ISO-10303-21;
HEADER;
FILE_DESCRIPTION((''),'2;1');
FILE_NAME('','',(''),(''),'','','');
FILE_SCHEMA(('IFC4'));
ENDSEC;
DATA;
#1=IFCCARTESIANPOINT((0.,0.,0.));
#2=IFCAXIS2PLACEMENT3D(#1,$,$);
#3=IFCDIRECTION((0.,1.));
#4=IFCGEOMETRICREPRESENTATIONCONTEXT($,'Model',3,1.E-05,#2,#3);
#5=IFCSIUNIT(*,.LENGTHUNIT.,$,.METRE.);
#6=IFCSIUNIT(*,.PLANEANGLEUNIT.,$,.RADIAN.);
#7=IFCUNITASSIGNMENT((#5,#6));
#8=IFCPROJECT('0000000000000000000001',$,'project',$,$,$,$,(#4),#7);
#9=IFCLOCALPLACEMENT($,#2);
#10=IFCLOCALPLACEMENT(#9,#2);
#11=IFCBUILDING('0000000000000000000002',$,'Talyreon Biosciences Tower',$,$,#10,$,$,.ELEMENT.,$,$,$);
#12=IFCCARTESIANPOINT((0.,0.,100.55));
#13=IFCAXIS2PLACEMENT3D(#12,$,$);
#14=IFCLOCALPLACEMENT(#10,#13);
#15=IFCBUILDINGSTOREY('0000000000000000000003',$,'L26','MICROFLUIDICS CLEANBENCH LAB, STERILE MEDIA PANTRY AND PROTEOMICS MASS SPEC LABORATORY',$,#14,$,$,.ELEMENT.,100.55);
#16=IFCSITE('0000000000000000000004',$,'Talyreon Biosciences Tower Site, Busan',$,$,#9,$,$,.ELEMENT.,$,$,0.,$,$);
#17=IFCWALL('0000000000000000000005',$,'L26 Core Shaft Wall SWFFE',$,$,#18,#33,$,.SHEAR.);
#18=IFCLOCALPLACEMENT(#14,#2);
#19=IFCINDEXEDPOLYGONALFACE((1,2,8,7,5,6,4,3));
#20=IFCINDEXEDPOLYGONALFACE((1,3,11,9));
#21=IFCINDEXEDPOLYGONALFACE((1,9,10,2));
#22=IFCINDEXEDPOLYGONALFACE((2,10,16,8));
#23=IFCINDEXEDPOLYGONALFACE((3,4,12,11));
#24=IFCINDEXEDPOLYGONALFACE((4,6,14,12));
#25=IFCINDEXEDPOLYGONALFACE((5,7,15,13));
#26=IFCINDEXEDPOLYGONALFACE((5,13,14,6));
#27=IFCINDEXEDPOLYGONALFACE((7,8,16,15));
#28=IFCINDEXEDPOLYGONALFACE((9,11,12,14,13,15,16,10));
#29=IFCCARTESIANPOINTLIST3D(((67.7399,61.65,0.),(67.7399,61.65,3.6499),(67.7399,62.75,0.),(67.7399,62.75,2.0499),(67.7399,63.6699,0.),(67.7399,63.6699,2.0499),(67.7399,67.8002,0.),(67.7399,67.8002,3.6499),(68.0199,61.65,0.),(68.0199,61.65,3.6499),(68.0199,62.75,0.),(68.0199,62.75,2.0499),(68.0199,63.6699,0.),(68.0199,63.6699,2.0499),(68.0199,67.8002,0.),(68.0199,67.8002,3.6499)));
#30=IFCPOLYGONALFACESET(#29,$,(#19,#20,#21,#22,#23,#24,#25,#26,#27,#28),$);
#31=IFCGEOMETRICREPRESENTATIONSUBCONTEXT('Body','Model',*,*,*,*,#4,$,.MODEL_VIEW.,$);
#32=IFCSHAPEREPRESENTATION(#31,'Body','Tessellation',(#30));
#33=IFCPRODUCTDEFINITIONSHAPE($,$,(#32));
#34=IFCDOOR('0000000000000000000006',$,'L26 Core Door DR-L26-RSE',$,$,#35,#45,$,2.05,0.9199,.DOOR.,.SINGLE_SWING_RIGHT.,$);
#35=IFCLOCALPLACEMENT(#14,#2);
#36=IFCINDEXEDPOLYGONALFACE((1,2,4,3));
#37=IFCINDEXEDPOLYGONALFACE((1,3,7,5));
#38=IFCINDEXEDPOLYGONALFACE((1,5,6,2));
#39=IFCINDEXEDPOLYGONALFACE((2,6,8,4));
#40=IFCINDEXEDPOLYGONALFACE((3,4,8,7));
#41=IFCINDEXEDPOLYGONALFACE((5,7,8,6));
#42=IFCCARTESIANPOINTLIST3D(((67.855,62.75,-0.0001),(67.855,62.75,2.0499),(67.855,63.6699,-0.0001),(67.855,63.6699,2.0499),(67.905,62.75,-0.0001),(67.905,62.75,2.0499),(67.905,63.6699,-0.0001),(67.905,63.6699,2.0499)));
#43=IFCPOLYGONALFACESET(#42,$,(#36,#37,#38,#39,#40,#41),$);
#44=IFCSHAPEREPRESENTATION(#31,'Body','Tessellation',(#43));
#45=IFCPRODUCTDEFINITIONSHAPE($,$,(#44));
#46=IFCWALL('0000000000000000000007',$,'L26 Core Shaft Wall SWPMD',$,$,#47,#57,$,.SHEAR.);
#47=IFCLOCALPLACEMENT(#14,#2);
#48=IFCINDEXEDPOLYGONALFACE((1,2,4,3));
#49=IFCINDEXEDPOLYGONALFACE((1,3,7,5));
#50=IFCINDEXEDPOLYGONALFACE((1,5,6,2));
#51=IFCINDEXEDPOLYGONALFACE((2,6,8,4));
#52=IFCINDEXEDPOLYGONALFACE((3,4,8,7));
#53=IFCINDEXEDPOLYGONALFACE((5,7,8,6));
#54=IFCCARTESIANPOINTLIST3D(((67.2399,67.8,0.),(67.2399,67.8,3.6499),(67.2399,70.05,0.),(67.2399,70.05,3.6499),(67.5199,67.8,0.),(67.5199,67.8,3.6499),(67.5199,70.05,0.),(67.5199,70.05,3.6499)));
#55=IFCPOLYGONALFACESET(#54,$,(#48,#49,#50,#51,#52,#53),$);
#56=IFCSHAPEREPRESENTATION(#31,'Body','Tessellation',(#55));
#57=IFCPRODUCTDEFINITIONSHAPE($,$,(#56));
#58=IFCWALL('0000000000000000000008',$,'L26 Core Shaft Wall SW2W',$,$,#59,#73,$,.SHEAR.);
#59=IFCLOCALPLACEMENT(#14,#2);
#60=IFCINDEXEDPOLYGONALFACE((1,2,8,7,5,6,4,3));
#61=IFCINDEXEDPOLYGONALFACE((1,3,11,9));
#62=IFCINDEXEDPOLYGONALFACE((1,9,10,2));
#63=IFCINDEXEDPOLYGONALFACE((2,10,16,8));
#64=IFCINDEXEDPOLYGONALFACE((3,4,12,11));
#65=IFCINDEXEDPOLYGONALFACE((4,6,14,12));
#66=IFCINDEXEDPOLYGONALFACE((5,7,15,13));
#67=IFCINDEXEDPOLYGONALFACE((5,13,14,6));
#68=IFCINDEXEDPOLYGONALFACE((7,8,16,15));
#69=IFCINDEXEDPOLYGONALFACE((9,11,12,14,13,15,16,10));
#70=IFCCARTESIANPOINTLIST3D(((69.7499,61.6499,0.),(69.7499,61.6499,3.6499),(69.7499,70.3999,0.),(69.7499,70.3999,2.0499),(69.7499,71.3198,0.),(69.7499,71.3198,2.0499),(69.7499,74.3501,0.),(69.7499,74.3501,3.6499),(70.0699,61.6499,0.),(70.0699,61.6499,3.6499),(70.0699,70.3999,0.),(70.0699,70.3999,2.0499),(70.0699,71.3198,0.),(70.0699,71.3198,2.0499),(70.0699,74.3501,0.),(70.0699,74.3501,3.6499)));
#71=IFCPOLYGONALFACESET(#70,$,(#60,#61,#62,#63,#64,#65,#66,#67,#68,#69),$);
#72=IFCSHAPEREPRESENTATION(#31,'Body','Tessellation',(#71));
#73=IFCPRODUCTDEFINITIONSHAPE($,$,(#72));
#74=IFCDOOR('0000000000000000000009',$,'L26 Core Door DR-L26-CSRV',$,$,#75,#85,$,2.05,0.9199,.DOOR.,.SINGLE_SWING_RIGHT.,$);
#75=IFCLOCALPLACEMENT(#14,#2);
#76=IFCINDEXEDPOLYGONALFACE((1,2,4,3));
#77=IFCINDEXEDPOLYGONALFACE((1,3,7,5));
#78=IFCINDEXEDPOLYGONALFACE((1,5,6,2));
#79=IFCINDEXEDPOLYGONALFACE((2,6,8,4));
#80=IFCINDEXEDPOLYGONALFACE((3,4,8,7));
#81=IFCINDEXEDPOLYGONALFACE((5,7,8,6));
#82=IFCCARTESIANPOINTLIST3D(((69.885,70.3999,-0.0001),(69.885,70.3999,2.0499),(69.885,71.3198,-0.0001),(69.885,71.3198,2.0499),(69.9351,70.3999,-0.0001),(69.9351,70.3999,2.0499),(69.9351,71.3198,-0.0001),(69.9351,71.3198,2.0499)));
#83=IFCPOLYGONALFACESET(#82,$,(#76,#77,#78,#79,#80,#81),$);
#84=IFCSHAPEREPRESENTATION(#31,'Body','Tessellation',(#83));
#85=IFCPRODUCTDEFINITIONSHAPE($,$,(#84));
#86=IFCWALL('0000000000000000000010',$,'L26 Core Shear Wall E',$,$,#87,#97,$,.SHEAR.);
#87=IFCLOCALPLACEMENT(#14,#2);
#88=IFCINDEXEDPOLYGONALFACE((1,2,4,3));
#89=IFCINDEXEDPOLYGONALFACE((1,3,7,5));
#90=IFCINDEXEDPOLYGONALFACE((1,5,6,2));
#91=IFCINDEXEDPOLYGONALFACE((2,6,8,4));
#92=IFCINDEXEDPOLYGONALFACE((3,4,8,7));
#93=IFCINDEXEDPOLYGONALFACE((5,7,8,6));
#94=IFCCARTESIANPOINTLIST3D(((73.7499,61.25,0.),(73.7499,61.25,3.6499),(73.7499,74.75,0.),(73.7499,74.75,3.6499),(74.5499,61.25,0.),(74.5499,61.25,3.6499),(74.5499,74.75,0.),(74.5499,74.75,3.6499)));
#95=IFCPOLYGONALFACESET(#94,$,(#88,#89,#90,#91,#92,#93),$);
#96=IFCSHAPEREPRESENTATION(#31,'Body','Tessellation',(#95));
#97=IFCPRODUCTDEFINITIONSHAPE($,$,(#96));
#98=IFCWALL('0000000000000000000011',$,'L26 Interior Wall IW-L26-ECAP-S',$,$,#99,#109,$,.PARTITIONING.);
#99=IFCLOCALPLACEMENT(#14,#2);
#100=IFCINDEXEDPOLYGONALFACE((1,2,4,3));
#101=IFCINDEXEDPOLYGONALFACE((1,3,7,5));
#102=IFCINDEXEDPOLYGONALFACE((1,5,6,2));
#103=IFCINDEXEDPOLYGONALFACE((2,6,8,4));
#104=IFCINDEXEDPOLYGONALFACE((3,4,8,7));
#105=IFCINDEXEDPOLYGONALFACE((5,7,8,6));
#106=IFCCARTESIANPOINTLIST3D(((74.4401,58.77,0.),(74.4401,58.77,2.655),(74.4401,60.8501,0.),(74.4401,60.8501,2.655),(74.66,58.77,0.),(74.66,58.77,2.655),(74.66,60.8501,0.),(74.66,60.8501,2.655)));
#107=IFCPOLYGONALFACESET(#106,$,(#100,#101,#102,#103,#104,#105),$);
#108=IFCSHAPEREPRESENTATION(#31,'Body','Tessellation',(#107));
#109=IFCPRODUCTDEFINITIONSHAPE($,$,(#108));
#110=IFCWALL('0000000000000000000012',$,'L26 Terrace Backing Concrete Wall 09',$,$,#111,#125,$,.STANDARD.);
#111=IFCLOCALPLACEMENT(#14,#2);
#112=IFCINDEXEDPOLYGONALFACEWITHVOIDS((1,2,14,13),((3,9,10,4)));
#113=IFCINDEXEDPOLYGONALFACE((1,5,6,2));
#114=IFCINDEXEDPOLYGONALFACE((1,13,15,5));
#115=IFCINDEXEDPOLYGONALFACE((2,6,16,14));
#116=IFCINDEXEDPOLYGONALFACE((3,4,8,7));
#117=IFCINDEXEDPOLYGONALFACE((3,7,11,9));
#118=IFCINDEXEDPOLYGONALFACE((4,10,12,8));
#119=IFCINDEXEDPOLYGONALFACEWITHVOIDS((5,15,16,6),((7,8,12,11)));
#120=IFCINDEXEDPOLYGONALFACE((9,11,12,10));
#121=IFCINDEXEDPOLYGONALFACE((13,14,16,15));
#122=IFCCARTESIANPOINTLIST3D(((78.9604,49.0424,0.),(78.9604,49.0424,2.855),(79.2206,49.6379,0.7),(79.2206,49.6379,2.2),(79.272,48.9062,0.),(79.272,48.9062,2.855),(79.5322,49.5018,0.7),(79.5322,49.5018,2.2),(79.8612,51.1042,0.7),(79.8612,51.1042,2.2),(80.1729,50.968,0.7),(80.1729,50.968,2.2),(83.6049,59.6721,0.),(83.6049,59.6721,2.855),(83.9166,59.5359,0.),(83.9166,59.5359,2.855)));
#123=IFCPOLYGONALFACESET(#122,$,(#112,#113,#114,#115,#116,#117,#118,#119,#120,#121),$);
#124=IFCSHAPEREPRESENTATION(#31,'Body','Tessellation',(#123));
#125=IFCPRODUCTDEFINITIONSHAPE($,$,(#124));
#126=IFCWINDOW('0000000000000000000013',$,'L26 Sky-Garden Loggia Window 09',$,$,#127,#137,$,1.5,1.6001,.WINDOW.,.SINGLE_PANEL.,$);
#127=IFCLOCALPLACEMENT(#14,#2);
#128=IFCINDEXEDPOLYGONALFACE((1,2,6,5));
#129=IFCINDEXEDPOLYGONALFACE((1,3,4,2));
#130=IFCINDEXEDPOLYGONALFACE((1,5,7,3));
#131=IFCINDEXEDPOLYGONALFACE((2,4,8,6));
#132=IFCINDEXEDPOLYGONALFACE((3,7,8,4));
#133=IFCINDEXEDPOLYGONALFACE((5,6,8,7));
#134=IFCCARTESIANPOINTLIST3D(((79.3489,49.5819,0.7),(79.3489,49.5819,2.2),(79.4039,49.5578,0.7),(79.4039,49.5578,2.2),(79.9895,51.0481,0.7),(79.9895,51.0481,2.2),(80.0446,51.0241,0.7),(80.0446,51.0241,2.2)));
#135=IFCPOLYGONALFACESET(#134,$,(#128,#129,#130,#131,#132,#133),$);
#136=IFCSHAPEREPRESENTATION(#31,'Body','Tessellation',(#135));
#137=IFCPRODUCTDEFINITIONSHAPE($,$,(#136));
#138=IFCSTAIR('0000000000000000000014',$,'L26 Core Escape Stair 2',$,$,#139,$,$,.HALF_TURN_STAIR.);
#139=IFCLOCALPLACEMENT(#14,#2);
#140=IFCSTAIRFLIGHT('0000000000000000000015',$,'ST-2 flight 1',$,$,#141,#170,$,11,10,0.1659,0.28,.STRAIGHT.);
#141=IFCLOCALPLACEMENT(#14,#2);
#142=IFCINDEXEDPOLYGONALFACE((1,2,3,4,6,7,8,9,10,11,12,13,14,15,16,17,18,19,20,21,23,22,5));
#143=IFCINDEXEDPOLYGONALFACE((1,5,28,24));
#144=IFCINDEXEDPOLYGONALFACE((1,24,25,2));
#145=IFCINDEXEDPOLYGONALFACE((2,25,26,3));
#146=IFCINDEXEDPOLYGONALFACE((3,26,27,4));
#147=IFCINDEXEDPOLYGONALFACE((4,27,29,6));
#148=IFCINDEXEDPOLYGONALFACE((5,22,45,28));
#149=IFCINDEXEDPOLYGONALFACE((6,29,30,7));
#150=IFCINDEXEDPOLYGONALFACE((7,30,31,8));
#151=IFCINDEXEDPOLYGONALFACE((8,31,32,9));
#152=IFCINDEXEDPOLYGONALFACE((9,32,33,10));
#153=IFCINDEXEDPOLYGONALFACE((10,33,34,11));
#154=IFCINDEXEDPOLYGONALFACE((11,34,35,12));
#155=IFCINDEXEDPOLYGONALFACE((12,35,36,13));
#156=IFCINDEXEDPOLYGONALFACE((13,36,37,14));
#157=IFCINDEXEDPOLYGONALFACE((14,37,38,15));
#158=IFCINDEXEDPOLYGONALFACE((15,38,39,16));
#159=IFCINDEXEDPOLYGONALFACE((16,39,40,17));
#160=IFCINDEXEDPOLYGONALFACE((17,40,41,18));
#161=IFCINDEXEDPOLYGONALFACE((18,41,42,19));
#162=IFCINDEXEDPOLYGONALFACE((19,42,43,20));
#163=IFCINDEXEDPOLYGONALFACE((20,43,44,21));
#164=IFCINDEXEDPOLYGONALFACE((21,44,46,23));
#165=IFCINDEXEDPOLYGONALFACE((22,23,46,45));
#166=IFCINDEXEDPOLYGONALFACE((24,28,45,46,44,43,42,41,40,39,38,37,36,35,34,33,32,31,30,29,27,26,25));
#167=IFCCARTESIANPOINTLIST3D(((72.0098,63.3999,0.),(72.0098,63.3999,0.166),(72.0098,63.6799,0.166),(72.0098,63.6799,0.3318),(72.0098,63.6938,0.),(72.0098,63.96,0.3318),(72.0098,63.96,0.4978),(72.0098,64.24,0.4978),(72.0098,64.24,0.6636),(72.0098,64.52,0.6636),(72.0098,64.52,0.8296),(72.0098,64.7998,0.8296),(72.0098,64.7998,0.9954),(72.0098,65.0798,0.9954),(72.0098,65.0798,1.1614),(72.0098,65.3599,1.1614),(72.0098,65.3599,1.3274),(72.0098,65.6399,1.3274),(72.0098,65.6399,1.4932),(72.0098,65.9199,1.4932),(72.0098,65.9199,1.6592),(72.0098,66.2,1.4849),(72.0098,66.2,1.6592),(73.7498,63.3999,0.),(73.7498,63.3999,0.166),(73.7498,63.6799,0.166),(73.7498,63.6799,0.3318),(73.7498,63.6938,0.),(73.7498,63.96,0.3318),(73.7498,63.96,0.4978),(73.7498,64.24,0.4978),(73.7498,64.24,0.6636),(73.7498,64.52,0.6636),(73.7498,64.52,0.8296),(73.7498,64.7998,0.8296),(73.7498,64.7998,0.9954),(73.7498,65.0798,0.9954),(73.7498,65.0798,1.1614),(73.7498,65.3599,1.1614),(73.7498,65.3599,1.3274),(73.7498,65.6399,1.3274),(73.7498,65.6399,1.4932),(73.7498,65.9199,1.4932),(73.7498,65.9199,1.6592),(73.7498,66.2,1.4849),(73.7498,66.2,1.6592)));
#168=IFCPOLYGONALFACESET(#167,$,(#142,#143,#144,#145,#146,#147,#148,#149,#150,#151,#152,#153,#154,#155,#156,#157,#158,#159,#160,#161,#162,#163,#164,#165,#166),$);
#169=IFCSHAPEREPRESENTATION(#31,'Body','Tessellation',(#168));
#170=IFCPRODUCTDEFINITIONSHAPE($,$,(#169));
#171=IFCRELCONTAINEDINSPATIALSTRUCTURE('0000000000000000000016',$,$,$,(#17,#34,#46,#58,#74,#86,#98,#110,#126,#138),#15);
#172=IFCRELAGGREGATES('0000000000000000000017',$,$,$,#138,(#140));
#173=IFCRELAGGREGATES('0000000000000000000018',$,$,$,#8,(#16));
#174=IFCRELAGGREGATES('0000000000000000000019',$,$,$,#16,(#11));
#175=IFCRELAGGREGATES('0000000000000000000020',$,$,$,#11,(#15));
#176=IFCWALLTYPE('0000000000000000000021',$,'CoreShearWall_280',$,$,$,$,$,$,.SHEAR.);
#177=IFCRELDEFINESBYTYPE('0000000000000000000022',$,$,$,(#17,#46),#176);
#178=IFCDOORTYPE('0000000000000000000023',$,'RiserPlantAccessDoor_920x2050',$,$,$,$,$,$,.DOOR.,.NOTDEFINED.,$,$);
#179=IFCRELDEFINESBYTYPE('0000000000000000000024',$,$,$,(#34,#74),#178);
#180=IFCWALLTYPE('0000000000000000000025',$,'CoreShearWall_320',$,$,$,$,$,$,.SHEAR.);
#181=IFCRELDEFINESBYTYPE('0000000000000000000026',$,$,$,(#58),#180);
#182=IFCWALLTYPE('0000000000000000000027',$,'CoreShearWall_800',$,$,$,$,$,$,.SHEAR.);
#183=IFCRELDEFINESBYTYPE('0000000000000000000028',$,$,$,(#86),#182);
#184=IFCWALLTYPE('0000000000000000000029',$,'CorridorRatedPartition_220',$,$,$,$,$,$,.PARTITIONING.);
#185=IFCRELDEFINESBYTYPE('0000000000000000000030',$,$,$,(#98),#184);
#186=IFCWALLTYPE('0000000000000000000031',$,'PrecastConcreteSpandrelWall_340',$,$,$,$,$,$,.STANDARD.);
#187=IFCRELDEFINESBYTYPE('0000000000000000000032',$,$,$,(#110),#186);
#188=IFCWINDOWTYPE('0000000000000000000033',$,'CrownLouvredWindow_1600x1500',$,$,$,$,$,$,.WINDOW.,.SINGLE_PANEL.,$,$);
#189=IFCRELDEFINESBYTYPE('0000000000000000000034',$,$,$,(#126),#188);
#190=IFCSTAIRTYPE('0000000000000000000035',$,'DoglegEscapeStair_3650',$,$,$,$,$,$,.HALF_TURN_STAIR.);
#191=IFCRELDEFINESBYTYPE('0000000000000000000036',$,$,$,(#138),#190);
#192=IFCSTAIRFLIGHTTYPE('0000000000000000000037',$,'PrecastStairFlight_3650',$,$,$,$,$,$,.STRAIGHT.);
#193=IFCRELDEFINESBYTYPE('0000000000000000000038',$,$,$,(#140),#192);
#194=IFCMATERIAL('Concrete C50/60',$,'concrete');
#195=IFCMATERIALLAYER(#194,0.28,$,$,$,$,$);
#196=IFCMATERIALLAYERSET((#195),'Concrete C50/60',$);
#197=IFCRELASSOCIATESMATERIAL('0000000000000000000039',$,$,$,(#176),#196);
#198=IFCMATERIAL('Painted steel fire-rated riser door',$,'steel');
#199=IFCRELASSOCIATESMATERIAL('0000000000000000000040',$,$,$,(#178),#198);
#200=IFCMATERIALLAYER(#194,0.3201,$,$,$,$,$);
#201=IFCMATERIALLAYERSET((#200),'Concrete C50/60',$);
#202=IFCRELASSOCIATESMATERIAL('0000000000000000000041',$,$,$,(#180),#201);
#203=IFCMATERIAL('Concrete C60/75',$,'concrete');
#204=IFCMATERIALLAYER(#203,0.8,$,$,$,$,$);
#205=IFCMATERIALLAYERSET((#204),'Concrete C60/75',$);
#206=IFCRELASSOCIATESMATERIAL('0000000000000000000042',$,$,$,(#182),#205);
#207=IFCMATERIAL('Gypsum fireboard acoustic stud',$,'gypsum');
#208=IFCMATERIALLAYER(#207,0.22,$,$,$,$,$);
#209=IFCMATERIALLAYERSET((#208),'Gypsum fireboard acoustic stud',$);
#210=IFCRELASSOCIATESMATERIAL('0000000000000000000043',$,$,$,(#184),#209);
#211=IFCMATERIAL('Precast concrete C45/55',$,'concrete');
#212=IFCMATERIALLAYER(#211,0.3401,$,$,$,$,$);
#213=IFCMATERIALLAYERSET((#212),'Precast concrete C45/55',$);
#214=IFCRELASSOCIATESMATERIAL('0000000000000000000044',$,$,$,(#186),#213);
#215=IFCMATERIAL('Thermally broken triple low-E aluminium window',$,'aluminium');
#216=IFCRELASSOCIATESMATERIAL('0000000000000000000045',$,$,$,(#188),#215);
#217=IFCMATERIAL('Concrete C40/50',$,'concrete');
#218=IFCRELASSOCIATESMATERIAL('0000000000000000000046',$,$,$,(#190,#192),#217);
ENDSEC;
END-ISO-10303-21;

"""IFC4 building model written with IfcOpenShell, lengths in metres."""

from ifc_helpers import new_model, si_unit, direction, frame, frame_2d, origin, place, context, subcontext, project, spatial, polyline, rectangle, outline, extrude, material, layer, layer_set, type_object, element, fill, aggregate, save


model = new_model("IFC4")

# Units and contexts
model_context = context("Model", 3, precision=1e-05, world=origin(), true_north=direction((0.0, 1.0)))
body_context = subcontext(model_context, "Body", "Model", "MODEL_VIEW")
ifc_project = project(units=[si_unit("LENGTHUNIT", "METRE"), si_unit("PLANEANGLEUNIT", "RADIAN")], contexts=[model_context])

# Site, building, storey
site_placement = place(None, origin())
site = spatial("IfcSite", under=ifc_project, at=site_placement, Name="Talyreon Biosciences Tower Site, Busan", CompositionType="ELEMENT", RefElevation=0.0)
building_placement = place(site_placement, origin())
building = spatial("IfcBuilding", under=site, at=building_placement, Name="Talyreon Biosciences Tower", CompositionType="ELEMENT")
storey_placement = place(building_placement, frame((0.0, 0.0, 100.55)))
storey = spatial("IfcBuildingStorey", under=building, at=storey_placement, Name="L26", Description="MICROFLUIDICS CLEANBENCH LAB, STERILE MEDIA PANTRY AND PROTEOMICS MASS SPEC LABORATORY", CompositionType="ELEMENT", Elevation=100.55)

# Shared definitions
ifc_material_1 = material(Name="Concrete C60/75", Category="concrete")
ifc_material_2 = material(Name="Concrete C50/60", Category="concrete")

# Shared definitions
ifc_material_3 = material(Name="Precast concrete C45/55", Category="concrete")

# Shared definitions
ifc_layer_1 = layer(ifc_material_2, 0.28)
ifc_layer_set_1 = layer_set([ifc_layer_1], Name="Concrete C50/60")
wall_type_1 = type_object("IfcWallType", Name="CoreShearWall_280", PredefinedType="SHEAR", material=ifc_layer_set_1)

# Wall, opening, door
wall_1_placement = place(storey_placement, frame((67.8799, 61.6499, 0.0), z_axis=(0.0, 0.0, 1.0), x_axis=(0.0, 1.0, 0.0)))
wall_1 = element("IfcWall", 1, at=wall_1_placement, inside=storey, type_object=wall_type_1, Name="L26 Core Shaft Wall SWFFE", PredefinedType="SHEAR", context=body_context, shape_type="SweptSolid", body=[
    extrude(rectangle(XDim=6.1501, YDim=0.28, at=frame_2d((3.0752, 0.0))), origin(), (0.0, 0.0, 1.0), 3.6499),
])
opening_1_placement = place(wall_1_placement, frame((1.1001, 0.0, 0.0)))
opening_1 = element("IfcOpeningElement", 2, at=opening_1_placement, cuts=wall_1, PredefinedType="OPENING", context=body_context, shape_type="SweptSolid", body=[
    extrude(rectangle(XDim=0.9199, YDim=2.05, at=frame_2d((0.46, 1.0249))), frame((0.0, 0.1499, 0.0), z_axis=(0.0, -1.0, 0.0), x_axis=(1.0, 0.0, 0.0)), (0.0, 0.0, 1.0), 0.3),
])
ifc_material_4 = material(Name="Painted steel fire-rated riser door", Category="steel")
door_type = type_object("IfcDoorType", Name="RiserPlantAccessDoor_920x2050", OperationType="NOTDEFINED", PredefinedType="DOOR", material=ifc_material_4)
door_1_placement = place(opening_1_placement, origin())
door_1 = element("IfcDoor", 3, at=door_1_placement, inside=storey, type_object=door_type, Name="L26 Core Door DR-L26-RSE", OperationType="SINGLE_SWING_RIGHT", OverallHeight=2.05, OverallWidth=0.9199, PredefinedType="DOOR", context=body_context, shape_type="SweptSolid", body=[
    extrude(rectangle(XDim=0.9199, YDim=2.05, at=frame_2d((0.46, 1.0249))), frame((0.0, 0.0249, 0.0), z_axis=(0.0, -1.0, 0.0), x_axis=(1.0, 0.0, 0.0)), (0.0, 0.0, 1.0), 0.05),
])
fill(opening_1, door_1)

# Wall
wall_2_placement = place(storey_placement, frame((67.3799, 67.8, 0.0), z_axis=(0.0, 0.0, 1.0), x_axis=(0.0, 1.0, 0.0)))
element("IfcWall", 4, at=wall_2_placement, inside=storey, type_object=wall_type_1, Name="L26 Core Shaft Wall SWPMD", PredefinedType="SHEAR", context=body_context, shape_type="SweptSolid", body=[
    extrude(rectangle(XDim=2.25, YDim=0.28, at=frame_2d((1.125, 0.0))), origin(), (0.0, 0.0, 1.0), 3.6499),
])

# Wall, opening, door
ifc_layer_2 = layer(ifc_material_2, 0.3201)
ifc_layer_set_2 = layer_set([ifc_layer_2], Name="Concrete C50/60")
wall_type_2 = type_object("IfcWallType", Name="CoreShearWall_320", PredefinedType="SHEAR", material=ifc_layer_set_2)
wall_3_placement = place(storey_placement, frame((69.9099, 61.6499, 0.0), z_axis=(0.0, 0.0, 1.0), x_axis=(0.0, 1.0, 0.0)))
wall_3 = element("IfcWall", 5, at=wall_3_placement, inside=storey, type_object=wall_type_2, Name="L26 Core Shaft Wall SW2W", PredefinedType="SHEAR", context=body_context, shape_type="SweptSolid", body=[
    extrude(rectangle(XDim=12.7002, YDim=0.3201, at=frame_2d((6.3501, 0.0))), origin(), (0.0, 0.0, 1.0), 3.6499),
])
opening_2_placement = place(wall_3_placement, frame((8.75, 0.0, 0.0)))
opening_2 = element("IfcOpeningElement", 6, at=opening_2_placement, cuts=wall_3, PredefinedType="OPENING", context=body_context, shape_type="SweptSolid", body=[
    extrude(rectangle(XDim=0.9199, YDim=2.05, at=frame_2d((0.46, 1.0249))), frame((0.0, 0.1699, 0.0), z_axis=(0.0, -1.0, 0.0), x_axis=(1.0, 0.0, 0.0)), (0.0, 0.0, 1.0), 0.3401),
])
door_2_placement = place(opening_2_placement, origin())
door_2 = element("IfcDoor", 7, at=door_2_placement, inside=storey, type_object=door_type, Name="L26 Core Door DR-L26-CSRV", OperationType="SINGLE_SWING_RIGHT", OverallHeight=2.05, OverallWidth=0.9199, PredefinedType="DOOR", context=body_context, shape_type="SweptSolid", body=[
    extrude(rectangle(XDim=0.9199, YDim=2.05, at=frame_2d((0.46, 1.0249))), frame((0.0, 0.0249, 0.0), z_axis=(0.0, -1.0, 0.0), x_axis=(1.0, 0.0, 0.0)), (0.0, 0.0, 1.0), 0.05),
])
fill(opening_2, door_2)

# Walls
ifc_layer_3 = layer(ifc_material_1, 0.8)
ifc_layer_set_3 = layer_set([ifc_layer_3], Name="Concrete C60/75")
wall_type_3 = type_object("IfcWallType", Name="CoreShearWall_800", PredefinedType="SHEAR", material=ifc_layer_set_3)
wall_4_placement = place(storey_placement, frame((74.1499, 61.25, 0.0), z_axis=(0.0, 0.0, 1.0), x_axis=(0.0, 1.0, 0.0)))
element("IfcWall", 8, at=wall_4_placement, inside=storey, type_object=wall_type_3, Name="L26 Core Shear Wall E", PredefinedType="SHEAR", context=body_context, shape_type="SweptSolid", body=[
    extrude(rectangle(XDim=13.5, YDim=0.8, at=frame_2d((6.75, 0.0))), origin(), (0.0, 0.0, 1.0), 3.6499),
])
ifc_material_5 = material(Name="Gypsum fireboard acoustic stud", Category="gypsum")
ifc_layer_4 = layer(ifc_material_5, 0.22)
ifc_layer_set_4 = layer_set([ifc_layer_4], Name="Gypsum fireboard acoustic stud")
wall_type_4 = type_object("IfcWallType", Name="CorridorRatedPartition_220", PredefinedType="PARTITIONING", material=ifc_layer_set_4)
wall_5_placement = place(storey_placement, frame((74.55, 58.77, 0.0), z_axis=(0.0, 0.0, 1.0), x_axis=(0.0, 1.0, 0.0)))
element("IfcWall", 9, at=wall_5_placement, inside=storey, type_object=wall_type_4, Name="L26 Interior Wall IW-L26-ECAP-S", PredefinedType="PARTITIONING", context=body_context, shape_type="SweptSolid", body=[
    extrude(rectangle(XDim=2.0801, YDim=0.22, at=frame_2d((1.04, 0.0))), origin(), (0.0, 0.0, 1.0), 2.655),
])

# Wall, opening, window
ifc_layer_5 = layer(ifc_material_3, 0.3401)
ifc_layer_set_5 = layer_set([ifc_layer_5], Name="Precast concrete C45/55")
wall_type_5 = type_object("IfcWallType", Name="PrecastConcreteSpandrelWall_340", PredefinedType="STANDARD", material=ifc_layer_set_5)
wall_6_placement = place(storey_placement, frame((83.7607, 59.604, 0.0), z_axis=(0.0, 0.0, 1.0), x_axis=(-0.400389, -0.916345, 0.0)))
wall_6 = element("IfcWall", 10, at=wall_6_placement, inside=storey, type_object=wall_type_5, Name="L26 Terrace Backing Concrete Wall 09", PredefinedType="STANDARD", context=body_context, shape_type="SweptSolid", body=[
    extrude(rectangle(XDim=11.6001, YDim=0.3401, at=frame_2d((5.8, 0.0))), origin(), (0.0, 0.0, 1.0), 2.855),
])
opening_3_placement = place(wall_6_placement, frame((9.3501, 0.0, 0.7)))
opening_3 = element("IfcOpeningElement", 11, at=opening_3_placement, cuts=wall_6, PredefinedType="OPENING", context=body_context, shape_type="SweptSolid", body=[
    extrude(rectangle(XDim=1.6001, YDim=1.5, at=frame_2d((0.8, 0.75))), frame((0.0, 0.1799, 0.0), z_axis=(0.0, -1.0, 0.0), x_axis=(1.0, 0.0, 0.0)), (0.0, 0.0, 1.0), 0.3601),
])
ifc_material_6 = material(Name="Thermally broken triple low-E aluminium window", Category="aluminium")
window_type = type_object("IfcWindowType", Name="CrownLouvredWindow_1600x1500", PartitioningType="SINGLE_PANEL", PredefinedType="WINDOW", material=ifc_material_6)
window_placement = place(opening_3_placement, origin())
window = element("IfcWindow", 12, at=window_placement, inside=storey, type_object=window_type, Name="L26 Sky-Garden Loggia Window 09", OverallHeight=1.5, OverallWidth=1.6001, PartitioningType="SINGLE_PANEL", PredefinedType="WINDOW", context=body_context, shape_type="SweptSolid", body=[
    extrude(rectangle(XDim=1.6001, YDim=1.5, at=frame_2d((0.8, 0.75))), frame((0.0, 0.03, 0.0), z_axis=(0.0, -1.0, 0.0), x_axis=(1.0, 0.0, 0.0)), (0.0, 0.0, 1.0), 0.0601),
])
fill(opening_3, window)

# Stair, stair flight
ifc_material_7 = material(Name="Concrete C40/50", Category="concrete")
stair_type = type_object("IfcStairType", Name="DoglegEscapeStair_3650", PredefinedType="HALF_TURN_STAIR", material=ifc_material_7)
stair_placement = place(storey_placement, origin())
stair = element("IfcStair", 13, at=stair_placement, inside=storey, type_object=stair_type, Name="L26 Core Escape Stair 2", PredefinedType="HALF_TURN_STAIR")
stair_flight_type = type_object("IfcStairFlightType", Name="PrecastStairFlight_3650", PredefinedType="STRAIGHT", material=ifc_material_7)
stair_flight_1_placement = place(storey_placement, frame((72.8799, 63.3999, 0.0), z_axis=(0.0, 0.0, 1.0), x_axis=(0.0, 1.0, 0.0)))
stair_flight_1 = element("IfcStairFlight", 14, at=stair_flight_1_placement, type_object=stair_flight_type, Name="ST-2 flight 1", NumberOfRisers=11, NumberOfTreads=10, PredefinedType="STRAIGHT", RiserHeight=0.1659, TreadLength=0.28, context=body_context, shape_type="SweptSolid", body=[
    extrude(outline(polyline([(0.0, 0.0), (0.0, 0.166), (0.28, 0.166), (0.28, 0.3318), (0.5601, 0.3318), (0.5601, 0.4978), (0.8401, 0.4978), (0.8401, 0.6636), (1.1201, 0.6636), (1.1201, 0.8296), (1.3999, 0.8296), (1.3999, 0.9954), (1.6799, 0.9954), (1.6799, 1.1614), (1.96, 1.1614), (1.96, 1.3274), (2.24, 1.3274), (2.24, 1.4932), (2.52, 1.4932), (2.52, 1.6592), (2.8, 1.6592), (2.8, 1.825), (2.8, 1.4849), (0.2939, 0.0), (0.0, 0.0)])), frame((0.0, 0.8701, 0.0), z_axis=(0.0, -1.0, 0.0), x_axis=(1.0, 0.0, 0.0)), (0.0, 0.0, 1.0), 1.74),
])
aggregate(stair, [stair_flight_1])

save(model, "model.ifc")
